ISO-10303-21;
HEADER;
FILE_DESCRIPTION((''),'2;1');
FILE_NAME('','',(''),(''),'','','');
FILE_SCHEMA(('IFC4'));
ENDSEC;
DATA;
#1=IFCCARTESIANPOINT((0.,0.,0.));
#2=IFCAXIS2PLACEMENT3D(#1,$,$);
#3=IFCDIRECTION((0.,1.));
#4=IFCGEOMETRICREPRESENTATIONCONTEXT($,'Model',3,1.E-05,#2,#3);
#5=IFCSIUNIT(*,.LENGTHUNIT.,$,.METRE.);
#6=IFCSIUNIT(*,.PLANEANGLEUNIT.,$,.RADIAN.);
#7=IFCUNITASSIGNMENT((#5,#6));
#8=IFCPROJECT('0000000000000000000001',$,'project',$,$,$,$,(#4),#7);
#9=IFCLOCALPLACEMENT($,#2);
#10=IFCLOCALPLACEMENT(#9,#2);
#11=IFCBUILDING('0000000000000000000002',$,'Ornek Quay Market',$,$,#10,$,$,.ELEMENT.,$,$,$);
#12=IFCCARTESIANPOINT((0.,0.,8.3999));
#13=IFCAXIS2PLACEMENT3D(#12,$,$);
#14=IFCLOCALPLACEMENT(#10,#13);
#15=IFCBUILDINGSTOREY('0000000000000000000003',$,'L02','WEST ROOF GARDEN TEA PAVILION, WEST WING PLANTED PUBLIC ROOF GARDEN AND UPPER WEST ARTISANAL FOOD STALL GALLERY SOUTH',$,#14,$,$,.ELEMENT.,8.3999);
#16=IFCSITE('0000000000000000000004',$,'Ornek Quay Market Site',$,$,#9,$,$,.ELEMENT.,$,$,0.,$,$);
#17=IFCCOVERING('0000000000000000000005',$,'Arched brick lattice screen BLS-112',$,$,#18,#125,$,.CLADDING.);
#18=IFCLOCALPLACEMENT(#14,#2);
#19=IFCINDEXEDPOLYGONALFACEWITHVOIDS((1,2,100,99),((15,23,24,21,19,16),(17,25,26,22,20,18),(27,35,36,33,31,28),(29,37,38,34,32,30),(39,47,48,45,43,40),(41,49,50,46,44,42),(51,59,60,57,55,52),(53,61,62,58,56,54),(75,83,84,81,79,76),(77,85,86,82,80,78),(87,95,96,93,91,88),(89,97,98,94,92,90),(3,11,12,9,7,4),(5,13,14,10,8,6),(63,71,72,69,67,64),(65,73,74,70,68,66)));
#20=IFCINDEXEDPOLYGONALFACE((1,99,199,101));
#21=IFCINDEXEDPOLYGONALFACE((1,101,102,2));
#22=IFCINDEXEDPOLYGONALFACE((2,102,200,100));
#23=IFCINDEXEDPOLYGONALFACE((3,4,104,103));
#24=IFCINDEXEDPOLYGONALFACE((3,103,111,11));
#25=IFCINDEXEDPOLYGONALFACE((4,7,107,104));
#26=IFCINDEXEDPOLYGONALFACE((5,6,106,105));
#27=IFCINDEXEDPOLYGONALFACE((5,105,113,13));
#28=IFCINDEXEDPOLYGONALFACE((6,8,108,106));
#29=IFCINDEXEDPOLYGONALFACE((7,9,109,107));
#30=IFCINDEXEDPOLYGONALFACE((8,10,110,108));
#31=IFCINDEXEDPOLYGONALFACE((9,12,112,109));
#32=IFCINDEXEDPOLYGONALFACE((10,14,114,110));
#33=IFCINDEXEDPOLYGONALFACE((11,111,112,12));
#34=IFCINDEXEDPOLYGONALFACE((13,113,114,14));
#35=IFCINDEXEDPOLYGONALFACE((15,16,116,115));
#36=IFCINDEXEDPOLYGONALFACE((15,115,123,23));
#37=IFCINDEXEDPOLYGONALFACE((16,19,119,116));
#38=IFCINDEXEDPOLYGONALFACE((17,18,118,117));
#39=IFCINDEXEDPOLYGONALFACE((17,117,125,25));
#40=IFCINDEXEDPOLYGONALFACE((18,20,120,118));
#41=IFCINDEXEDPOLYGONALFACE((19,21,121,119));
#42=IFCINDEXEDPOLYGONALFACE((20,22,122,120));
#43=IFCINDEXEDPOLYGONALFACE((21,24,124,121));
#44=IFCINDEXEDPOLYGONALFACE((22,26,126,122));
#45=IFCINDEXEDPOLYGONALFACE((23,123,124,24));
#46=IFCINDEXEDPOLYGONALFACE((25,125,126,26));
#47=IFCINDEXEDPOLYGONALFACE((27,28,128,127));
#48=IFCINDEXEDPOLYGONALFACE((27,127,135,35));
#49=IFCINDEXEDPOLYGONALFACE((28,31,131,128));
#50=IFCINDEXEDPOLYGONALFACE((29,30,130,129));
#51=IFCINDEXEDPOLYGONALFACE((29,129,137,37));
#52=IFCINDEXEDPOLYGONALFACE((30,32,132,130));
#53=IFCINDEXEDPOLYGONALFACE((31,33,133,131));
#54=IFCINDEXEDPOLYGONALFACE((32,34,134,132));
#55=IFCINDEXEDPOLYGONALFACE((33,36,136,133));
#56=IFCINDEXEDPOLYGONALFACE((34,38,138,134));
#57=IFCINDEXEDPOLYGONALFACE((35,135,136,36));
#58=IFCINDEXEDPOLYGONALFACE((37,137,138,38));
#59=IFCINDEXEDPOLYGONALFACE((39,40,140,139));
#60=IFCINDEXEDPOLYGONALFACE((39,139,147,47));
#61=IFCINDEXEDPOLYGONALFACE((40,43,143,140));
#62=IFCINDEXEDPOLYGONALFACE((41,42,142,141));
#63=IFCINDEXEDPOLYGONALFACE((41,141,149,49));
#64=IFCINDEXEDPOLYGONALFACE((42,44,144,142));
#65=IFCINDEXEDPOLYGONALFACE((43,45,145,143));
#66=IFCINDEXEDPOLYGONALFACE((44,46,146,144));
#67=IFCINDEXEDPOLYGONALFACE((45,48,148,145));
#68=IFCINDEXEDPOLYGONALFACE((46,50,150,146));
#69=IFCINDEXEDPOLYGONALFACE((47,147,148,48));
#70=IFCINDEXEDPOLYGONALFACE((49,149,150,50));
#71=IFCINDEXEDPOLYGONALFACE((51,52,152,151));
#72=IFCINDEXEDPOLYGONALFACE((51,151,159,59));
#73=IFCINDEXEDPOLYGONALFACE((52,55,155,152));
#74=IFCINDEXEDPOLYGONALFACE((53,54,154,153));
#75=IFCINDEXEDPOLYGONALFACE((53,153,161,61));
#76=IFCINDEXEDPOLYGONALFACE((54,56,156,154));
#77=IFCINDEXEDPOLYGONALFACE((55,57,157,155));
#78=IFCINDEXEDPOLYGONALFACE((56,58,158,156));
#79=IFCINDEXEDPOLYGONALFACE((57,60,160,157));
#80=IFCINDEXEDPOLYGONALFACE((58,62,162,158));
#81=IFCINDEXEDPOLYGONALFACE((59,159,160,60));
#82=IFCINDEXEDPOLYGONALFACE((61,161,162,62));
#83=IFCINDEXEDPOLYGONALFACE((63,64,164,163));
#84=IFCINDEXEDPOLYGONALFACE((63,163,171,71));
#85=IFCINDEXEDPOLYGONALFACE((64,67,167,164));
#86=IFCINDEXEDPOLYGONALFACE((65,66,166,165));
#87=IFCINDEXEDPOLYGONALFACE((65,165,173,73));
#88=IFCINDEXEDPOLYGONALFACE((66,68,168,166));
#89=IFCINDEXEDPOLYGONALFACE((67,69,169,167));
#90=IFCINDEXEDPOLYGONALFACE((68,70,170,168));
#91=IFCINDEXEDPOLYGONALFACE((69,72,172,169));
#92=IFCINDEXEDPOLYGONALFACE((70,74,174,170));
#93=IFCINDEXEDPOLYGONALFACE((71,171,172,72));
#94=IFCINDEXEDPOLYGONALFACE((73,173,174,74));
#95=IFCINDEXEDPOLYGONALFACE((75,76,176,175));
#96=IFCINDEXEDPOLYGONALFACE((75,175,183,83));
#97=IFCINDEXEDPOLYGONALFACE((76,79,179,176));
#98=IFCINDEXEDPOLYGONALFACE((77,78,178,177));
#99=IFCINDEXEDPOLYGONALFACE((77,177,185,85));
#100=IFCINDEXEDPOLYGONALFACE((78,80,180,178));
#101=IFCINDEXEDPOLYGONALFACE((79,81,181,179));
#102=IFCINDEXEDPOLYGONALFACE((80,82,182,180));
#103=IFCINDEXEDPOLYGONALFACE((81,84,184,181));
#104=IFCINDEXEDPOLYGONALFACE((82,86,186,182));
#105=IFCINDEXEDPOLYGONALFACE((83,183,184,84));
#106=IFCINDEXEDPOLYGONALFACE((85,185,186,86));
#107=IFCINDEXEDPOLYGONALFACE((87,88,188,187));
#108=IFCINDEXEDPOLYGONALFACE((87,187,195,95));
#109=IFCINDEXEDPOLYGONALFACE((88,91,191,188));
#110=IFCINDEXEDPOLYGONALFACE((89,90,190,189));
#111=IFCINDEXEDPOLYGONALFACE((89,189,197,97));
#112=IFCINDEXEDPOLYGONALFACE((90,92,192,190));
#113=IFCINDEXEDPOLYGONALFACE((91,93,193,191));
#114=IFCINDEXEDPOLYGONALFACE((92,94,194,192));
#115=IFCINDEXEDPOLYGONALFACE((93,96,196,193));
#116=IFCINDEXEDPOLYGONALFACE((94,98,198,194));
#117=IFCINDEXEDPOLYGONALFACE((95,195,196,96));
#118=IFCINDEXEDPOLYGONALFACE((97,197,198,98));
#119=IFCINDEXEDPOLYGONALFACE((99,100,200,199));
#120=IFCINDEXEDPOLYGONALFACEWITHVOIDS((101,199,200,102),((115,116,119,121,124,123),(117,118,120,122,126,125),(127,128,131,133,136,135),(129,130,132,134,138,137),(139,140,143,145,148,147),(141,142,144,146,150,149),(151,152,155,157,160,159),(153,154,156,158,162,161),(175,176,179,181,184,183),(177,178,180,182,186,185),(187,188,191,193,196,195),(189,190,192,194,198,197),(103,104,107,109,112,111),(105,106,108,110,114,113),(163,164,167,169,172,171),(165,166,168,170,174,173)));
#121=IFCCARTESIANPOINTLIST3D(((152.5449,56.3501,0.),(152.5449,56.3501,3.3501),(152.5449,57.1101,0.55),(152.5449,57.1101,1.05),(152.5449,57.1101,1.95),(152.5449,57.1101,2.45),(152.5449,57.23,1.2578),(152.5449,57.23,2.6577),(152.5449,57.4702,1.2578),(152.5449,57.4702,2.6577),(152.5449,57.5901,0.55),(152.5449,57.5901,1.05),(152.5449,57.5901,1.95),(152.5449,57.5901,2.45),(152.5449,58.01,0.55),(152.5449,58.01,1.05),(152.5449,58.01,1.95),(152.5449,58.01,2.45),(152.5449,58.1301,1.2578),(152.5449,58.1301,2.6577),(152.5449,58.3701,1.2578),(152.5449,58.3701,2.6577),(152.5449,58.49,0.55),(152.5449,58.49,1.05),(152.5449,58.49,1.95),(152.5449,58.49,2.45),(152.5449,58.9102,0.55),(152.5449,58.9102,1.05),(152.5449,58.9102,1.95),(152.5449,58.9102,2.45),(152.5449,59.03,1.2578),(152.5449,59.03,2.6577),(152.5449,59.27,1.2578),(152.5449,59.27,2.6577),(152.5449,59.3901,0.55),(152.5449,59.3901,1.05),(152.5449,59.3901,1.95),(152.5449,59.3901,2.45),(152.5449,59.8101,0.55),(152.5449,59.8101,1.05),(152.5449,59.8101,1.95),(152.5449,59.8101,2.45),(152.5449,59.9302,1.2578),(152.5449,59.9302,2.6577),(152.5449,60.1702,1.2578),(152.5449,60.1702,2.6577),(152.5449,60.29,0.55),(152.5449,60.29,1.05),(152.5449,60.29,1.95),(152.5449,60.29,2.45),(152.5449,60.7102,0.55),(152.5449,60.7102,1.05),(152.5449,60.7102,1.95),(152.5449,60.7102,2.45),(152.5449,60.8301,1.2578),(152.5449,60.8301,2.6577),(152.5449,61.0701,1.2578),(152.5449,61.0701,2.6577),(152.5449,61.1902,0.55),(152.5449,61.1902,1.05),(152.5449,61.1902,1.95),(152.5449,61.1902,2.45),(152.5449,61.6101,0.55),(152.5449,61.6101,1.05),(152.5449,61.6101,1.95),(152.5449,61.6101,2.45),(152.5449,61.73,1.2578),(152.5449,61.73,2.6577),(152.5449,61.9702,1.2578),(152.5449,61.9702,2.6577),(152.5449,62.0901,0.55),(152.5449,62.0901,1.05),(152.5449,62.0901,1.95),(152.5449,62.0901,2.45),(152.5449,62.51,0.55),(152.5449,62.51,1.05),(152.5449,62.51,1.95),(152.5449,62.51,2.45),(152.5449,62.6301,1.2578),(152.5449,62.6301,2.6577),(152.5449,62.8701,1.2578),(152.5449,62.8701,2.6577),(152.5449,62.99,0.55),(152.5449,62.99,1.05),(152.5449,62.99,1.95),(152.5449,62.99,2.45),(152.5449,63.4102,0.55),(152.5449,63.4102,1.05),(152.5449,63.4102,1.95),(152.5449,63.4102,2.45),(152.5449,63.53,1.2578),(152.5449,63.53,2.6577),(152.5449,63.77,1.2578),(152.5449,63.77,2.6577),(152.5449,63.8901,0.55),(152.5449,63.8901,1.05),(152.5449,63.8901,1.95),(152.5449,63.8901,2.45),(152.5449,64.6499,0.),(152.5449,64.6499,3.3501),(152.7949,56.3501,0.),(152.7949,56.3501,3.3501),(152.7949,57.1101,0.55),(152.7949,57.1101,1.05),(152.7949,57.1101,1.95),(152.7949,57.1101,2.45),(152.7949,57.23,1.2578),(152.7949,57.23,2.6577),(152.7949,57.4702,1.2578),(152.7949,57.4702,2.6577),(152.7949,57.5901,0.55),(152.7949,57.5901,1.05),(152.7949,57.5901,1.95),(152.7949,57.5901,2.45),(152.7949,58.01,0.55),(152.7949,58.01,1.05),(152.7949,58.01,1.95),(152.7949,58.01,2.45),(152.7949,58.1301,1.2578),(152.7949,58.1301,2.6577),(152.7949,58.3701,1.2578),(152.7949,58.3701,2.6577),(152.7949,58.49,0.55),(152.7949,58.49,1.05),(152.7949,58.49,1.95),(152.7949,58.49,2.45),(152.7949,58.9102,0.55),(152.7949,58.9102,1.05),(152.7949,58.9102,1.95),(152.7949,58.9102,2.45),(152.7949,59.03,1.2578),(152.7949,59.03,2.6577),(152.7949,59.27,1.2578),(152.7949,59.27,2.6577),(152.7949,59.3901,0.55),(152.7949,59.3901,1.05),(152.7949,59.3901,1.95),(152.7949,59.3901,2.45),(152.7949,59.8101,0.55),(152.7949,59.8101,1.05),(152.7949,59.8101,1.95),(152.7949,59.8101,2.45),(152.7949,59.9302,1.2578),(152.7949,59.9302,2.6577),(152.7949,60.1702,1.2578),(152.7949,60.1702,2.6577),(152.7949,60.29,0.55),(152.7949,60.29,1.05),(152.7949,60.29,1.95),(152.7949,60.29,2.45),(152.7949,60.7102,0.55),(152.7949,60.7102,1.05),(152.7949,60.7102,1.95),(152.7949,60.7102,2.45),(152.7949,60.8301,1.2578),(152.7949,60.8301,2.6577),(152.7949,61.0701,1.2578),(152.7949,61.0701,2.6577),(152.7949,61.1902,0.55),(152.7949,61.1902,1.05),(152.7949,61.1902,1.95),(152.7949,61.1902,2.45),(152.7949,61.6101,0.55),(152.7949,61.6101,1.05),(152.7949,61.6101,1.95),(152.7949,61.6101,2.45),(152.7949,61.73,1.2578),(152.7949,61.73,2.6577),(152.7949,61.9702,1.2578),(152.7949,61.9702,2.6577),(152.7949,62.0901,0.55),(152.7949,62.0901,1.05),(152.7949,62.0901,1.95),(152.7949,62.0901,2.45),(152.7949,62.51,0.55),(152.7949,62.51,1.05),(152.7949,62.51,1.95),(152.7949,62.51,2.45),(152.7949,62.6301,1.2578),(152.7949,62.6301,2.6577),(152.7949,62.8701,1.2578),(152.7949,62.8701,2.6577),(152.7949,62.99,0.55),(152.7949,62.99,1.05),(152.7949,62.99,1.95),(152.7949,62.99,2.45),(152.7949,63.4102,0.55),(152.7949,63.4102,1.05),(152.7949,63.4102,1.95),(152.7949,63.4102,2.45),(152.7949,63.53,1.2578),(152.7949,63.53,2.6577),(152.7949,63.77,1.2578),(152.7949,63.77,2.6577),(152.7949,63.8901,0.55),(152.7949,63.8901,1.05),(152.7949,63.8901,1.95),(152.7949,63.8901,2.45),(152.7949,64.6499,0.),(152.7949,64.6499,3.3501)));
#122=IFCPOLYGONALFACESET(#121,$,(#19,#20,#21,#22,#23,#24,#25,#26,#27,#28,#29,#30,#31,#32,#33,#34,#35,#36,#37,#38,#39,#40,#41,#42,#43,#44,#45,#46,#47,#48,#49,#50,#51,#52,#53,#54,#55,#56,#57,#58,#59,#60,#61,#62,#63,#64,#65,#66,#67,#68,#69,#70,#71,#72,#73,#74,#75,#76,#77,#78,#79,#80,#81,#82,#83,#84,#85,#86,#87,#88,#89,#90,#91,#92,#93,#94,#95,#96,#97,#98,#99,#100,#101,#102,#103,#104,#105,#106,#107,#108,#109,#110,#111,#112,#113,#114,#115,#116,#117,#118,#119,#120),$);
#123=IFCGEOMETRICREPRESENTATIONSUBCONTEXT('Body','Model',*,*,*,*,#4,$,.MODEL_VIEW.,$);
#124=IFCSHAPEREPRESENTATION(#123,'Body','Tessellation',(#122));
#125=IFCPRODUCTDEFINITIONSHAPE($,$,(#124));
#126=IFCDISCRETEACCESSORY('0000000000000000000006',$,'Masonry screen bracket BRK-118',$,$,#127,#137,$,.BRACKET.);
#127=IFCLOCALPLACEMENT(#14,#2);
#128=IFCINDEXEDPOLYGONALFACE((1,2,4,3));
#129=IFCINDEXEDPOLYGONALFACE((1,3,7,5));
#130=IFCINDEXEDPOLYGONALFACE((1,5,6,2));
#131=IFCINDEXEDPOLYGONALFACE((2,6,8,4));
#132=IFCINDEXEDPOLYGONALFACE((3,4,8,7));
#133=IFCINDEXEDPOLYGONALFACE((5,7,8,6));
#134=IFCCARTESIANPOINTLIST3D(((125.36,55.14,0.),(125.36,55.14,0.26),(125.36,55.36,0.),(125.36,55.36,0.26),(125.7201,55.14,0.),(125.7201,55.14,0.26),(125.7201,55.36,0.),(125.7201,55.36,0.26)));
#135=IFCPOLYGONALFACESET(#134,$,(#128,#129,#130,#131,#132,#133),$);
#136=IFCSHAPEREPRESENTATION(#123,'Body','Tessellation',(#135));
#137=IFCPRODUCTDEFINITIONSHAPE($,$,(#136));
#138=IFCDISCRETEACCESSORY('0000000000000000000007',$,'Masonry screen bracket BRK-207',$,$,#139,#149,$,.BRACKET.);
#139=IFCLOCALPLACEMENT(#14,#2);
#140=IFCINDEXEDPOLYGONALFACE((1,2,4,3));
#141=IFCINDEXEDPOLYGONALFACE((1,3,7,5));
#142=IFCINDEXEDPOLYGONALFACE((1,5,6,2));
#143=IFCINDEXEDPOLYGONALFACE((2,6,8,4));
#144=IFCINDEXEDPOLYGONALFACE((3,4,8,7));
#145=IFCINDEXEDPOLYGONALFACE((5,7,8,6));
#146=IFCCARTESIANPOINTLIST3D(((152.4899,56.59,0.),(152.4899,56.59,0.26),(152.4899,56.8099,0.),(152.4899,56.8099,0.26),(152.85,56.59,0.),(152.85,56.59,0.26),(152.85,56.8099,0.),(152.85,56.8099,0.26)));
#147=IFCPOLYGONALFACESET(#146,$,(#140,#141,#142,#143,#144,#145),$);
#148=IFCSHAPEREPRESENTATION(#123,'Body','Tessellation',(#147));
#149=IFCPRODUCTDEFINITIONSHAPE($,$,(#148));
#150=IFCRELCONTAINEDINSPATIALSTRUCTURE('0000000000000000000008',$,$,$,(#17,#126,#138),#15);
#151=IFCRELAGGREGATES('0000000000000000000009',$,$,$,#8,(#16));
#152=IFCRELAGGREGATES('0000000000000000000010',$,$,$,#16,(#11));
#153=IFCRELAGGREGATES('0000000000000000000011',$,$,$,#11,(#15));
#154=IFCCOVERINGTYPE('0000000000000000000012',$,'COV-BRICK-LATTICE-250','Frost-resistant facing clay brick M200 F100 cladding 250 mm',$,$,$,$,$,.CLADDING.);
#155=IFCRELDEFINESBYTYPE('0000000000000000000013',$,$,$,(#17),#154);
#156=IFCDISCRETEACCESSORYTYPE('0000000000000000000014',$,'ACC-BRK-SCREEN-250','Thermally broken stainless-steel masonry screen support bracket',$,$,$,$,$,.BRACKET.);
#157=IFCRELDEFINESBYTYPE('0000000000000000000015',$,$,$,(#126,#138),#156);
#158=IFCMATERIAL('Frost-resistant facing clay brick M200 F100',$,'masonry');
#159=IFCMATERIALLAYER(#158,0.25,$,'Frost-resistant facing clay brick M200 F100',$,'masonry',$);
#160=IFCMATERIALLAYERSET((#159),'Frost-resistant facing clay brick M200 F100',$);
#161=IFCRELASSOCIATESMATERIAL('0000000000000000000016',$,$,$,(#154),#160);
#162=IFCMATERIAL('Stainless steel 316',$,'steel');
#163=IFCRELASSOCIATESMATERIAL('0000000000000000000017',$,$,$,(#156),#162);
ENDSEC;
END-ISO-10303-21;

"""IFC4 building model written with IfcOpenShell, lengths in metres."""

from ifc_helpers import new_model, si_unit, direction, frame, origin, origin_2d, place, context, subcontext, project, spatial, polyline, rectangle, outline, extrude, material, layer, layer_set, type_object, element, save


model = new_model("IFC4")

# Units and contexts
model_context = context("Model", 3, precision=1e-05, world=origin(), true_north=direction((0.0, 1.0)))
body_context = subcontext(model_context, "Body", "Model", "MODEL_VIEW")
ifc_project = project(units=[si_unit("LENGTHUNIT", "METRE"), si_unit("PLANEANGLEUNIT", "RADIAN")], contexts=[model_context])

# Site, building, storey
site_placement = place(None, origin())
site = spatial("IfcSite", under=ifc_project, at=site_placement, Name="Ornek Quay Market Site", CompositionType="ELEMENT", RefElevation=0.0)
building_placement = place(site_placement, origin())
building = spatial("IfcBuilding", under=site, at=building_placement, Name="Ornek Quay Market", CompositionType="ELEMENT")
storey_placement = place(building_placement, frame((0.0, 0.0, 8.3999)))
storey = spatial("IfcBuildingStorey", under=building, at=storey_placement, Name="L02", Description="WEST ROOF GARDEN TEA PAVILION, WEST WING PLANTED PUBLIC ROOF GARDEN AND UPPER WEST ARTISANAL FOOD STALL GALLERY SOUTH", CompositionType="ELEMENT", Elevation=8.3999)

# Covering
ifc_material_1 = material(Name="Frost-resistant facing clay brick M200 F100", Category="masonry")
ifc_layer_1 = layer(ifc_material_1, 0.25, Name="Frost-resistant facing clay brick M200 F100", Category="masonry")
ifc_layer_set_1 = layer_set([ifc_layer_1], Name="Frost-resistant facing clay brick M200 F100")
covering_type = type_object("IfcCoveringType", Name="COV-BRICK-LATTICE-250", Description="Frost-resistant facing clay brick M200 F100 cladding 250 mm", PredefinedType="CLADDING", material=ifc_layer_set_1)
covering_placement = place(storey_placement, frame((152.6699, 56.3501, 0.0), z_axis=(0.0, 0.0, 1.0), x_axis=(0.0, 1.0, 0.0)))
element("IfcCovering", 1, at=covering_placement, inside=storey, type_object=covering_type, Name="Arched brick lattice screen BLS-112", PredefinedType="CLADDING", context=body_context, shape_type="SweptSolid", body=[
    extrude(outline(polyline([(0.0, 0.0), (8.2998, 0.0), (8.2998, 3.3501), (0.0, 3.3501), (0.0, 0.0)]), holes=[polyline([(0.76, 0.55), (1.24, 0.55), (1.24, 1.05), (1.1201, 1.2578), (0.8799, 1.2578), (0.76, 1.05), (0.76, 0.55)]), polyline([(0.76, 1.95), (1.24, 1.95), (1.24, 2.45), (1.1201, 2.6577), (0.8799, 2.6577), (0.76, 2.45), (0.76, 1.95)]), polyline([(1.6599, 0.55), (2.1399, 0.55), (2.1399, 1.05), (2.02, 1.2578), (1.78, 1.2578), (1.6599, 1.05), (1.6599, 0.55)]), polyline([(1.6599, 1.95), (2.1399, 1.95), (2.1399, 2.45), (2.02, 2.6577), (1.78, 2.6577), (1.6599, 2.45), (1.6599, 1.95)]), polyline([(2.5601, 0.55), (3.04, 0.55), (3.04, 1.05), (2.9199, 1.2578), (2.6799, 1.2578), (2.5601, 1.05), (2.5601, 0.55)]), polyline([(2.5601, 1.95), (3.04, 1.95), (3.04, 2.45), (2.9199, 2.6577), (2.6799, 2.6577), (2.5601, 2.45), (2.5601, 1.95)]), polyline([(3.46, 0.55), (3.9399, 0.55), (3.9399, 1.05), (3.8201, 1.2578), (3.5801, 1.2578), (3.46, 1.05), (3.46, 0.55)]), polyline([(3.46, 1.95), (3.9399, 1.95), (3.9399, 2.45), (3.8201, 2.6577), (3.5801, 2.6577), (3.46, 2.45), (3.46, 1.95)]), polyline([(4.3601, 0.55), (4.8401, 0.55), (4.8401, 1.05), (4.72, 1.2578), (4.48, 1.2578), (4.3601, 1.05), (4.3601, 0.55)]), polyline([(4.3601, 1.95), (4.8401, 1.95), (4.8401, 2.45), (4.72, 2.6577), (4.48, 2.6577), (4.3601, 2.45), (4.3601, 1.95)]), polyline([(5.26, 0.55), (5.74, 0.55), (5.74, 1.05), (5.6201, 1.2578), (5.3799, 1.2578), (5.26, 1.05), (5.26, 0.55)]), polyline([(5.26, 1.95), (5.74, 1.95), (5.74, 2.45), (5.6201, 2.6577), (5.3799, 2.6577), (5.26, 2.45), (5.26, 1.95)]), polyline([(6.1599, 0.55), (6.6399, 0.55), (6.6399, 1.05), (6.52, 1.2578), (6.28, 1.2578), (6.1599, 1.05), (6.1599, 0.55)]), polyline([(6.1599, 1.95), (6.6399, 1.95), (6.6399, 2.45), (6.52, 2.6577), (6.28, 2.6577), (6.1599, 2.45), (6.1599, 1.95)]), polyline([(7.0601, 0.55), (7.54, 0.55), (7.54, 1.05), (7.4199, 1.2578), (7.1799, 1.2578), (7.0601, 1.05), (7.0601, 0.55)]), polyline([(7.0601, 1.95), (7.54, 1.95), (7.54, 2.45), (7.4199, 2.6577), (7.1799, 2.6577), (7.0601, 2.45), (7.0601, 1.95)])]), frame((0.0, 0.125, 0.0), z_axis=(0.0, -1.0, 0.0), x_axis=(1.0, 0.0, 0.0)), (0.0, 0.0, 1.0), 0.25),
])

# Discrete accessories
ifc_material_2 = material(Name="Stainless steel 316", Category="steel")
discrete_accessory_type = type_object("IfcDiscreteAccessoryType", Name="ACC-BRK-SCREEN-250", Description="Thermally broken stainless-steel masonry screen support bracket", PredefinedType="BRACKET", material=ifc_material_2)
for number, where, z_axis, x_axis, name in (
    (2, (125.54, 55.25, 0.0), (0.0, 0.0, 1.0), (0.0, 1.0, 0.0), "Masonry screen bracket BRK-118"),
    (3, (152.6699, 56.7, 0.0), (0.0, 0.0, 1.0), (0.0, 1.0, 0.0), "Masonry screen bracket BRK-207"),
):
    element("IfcDiscreteAccessory", number, at=place(storey_placement, frame(where, z_axis=z_axis, x_axis=x_axis)), inside=storey, type_object=discrete_accessory_type, Name=name, PredefinedType="BRACKET", context=body_context, shape_type="SweptSolid", body=[
        extrude(rectangle(XDim=0.22, YDim=0.3601, at=origin_2d()), origin(), (0.0, 0.0, 1.0), 0.26),
    ])

save(model, "model.ifc")
